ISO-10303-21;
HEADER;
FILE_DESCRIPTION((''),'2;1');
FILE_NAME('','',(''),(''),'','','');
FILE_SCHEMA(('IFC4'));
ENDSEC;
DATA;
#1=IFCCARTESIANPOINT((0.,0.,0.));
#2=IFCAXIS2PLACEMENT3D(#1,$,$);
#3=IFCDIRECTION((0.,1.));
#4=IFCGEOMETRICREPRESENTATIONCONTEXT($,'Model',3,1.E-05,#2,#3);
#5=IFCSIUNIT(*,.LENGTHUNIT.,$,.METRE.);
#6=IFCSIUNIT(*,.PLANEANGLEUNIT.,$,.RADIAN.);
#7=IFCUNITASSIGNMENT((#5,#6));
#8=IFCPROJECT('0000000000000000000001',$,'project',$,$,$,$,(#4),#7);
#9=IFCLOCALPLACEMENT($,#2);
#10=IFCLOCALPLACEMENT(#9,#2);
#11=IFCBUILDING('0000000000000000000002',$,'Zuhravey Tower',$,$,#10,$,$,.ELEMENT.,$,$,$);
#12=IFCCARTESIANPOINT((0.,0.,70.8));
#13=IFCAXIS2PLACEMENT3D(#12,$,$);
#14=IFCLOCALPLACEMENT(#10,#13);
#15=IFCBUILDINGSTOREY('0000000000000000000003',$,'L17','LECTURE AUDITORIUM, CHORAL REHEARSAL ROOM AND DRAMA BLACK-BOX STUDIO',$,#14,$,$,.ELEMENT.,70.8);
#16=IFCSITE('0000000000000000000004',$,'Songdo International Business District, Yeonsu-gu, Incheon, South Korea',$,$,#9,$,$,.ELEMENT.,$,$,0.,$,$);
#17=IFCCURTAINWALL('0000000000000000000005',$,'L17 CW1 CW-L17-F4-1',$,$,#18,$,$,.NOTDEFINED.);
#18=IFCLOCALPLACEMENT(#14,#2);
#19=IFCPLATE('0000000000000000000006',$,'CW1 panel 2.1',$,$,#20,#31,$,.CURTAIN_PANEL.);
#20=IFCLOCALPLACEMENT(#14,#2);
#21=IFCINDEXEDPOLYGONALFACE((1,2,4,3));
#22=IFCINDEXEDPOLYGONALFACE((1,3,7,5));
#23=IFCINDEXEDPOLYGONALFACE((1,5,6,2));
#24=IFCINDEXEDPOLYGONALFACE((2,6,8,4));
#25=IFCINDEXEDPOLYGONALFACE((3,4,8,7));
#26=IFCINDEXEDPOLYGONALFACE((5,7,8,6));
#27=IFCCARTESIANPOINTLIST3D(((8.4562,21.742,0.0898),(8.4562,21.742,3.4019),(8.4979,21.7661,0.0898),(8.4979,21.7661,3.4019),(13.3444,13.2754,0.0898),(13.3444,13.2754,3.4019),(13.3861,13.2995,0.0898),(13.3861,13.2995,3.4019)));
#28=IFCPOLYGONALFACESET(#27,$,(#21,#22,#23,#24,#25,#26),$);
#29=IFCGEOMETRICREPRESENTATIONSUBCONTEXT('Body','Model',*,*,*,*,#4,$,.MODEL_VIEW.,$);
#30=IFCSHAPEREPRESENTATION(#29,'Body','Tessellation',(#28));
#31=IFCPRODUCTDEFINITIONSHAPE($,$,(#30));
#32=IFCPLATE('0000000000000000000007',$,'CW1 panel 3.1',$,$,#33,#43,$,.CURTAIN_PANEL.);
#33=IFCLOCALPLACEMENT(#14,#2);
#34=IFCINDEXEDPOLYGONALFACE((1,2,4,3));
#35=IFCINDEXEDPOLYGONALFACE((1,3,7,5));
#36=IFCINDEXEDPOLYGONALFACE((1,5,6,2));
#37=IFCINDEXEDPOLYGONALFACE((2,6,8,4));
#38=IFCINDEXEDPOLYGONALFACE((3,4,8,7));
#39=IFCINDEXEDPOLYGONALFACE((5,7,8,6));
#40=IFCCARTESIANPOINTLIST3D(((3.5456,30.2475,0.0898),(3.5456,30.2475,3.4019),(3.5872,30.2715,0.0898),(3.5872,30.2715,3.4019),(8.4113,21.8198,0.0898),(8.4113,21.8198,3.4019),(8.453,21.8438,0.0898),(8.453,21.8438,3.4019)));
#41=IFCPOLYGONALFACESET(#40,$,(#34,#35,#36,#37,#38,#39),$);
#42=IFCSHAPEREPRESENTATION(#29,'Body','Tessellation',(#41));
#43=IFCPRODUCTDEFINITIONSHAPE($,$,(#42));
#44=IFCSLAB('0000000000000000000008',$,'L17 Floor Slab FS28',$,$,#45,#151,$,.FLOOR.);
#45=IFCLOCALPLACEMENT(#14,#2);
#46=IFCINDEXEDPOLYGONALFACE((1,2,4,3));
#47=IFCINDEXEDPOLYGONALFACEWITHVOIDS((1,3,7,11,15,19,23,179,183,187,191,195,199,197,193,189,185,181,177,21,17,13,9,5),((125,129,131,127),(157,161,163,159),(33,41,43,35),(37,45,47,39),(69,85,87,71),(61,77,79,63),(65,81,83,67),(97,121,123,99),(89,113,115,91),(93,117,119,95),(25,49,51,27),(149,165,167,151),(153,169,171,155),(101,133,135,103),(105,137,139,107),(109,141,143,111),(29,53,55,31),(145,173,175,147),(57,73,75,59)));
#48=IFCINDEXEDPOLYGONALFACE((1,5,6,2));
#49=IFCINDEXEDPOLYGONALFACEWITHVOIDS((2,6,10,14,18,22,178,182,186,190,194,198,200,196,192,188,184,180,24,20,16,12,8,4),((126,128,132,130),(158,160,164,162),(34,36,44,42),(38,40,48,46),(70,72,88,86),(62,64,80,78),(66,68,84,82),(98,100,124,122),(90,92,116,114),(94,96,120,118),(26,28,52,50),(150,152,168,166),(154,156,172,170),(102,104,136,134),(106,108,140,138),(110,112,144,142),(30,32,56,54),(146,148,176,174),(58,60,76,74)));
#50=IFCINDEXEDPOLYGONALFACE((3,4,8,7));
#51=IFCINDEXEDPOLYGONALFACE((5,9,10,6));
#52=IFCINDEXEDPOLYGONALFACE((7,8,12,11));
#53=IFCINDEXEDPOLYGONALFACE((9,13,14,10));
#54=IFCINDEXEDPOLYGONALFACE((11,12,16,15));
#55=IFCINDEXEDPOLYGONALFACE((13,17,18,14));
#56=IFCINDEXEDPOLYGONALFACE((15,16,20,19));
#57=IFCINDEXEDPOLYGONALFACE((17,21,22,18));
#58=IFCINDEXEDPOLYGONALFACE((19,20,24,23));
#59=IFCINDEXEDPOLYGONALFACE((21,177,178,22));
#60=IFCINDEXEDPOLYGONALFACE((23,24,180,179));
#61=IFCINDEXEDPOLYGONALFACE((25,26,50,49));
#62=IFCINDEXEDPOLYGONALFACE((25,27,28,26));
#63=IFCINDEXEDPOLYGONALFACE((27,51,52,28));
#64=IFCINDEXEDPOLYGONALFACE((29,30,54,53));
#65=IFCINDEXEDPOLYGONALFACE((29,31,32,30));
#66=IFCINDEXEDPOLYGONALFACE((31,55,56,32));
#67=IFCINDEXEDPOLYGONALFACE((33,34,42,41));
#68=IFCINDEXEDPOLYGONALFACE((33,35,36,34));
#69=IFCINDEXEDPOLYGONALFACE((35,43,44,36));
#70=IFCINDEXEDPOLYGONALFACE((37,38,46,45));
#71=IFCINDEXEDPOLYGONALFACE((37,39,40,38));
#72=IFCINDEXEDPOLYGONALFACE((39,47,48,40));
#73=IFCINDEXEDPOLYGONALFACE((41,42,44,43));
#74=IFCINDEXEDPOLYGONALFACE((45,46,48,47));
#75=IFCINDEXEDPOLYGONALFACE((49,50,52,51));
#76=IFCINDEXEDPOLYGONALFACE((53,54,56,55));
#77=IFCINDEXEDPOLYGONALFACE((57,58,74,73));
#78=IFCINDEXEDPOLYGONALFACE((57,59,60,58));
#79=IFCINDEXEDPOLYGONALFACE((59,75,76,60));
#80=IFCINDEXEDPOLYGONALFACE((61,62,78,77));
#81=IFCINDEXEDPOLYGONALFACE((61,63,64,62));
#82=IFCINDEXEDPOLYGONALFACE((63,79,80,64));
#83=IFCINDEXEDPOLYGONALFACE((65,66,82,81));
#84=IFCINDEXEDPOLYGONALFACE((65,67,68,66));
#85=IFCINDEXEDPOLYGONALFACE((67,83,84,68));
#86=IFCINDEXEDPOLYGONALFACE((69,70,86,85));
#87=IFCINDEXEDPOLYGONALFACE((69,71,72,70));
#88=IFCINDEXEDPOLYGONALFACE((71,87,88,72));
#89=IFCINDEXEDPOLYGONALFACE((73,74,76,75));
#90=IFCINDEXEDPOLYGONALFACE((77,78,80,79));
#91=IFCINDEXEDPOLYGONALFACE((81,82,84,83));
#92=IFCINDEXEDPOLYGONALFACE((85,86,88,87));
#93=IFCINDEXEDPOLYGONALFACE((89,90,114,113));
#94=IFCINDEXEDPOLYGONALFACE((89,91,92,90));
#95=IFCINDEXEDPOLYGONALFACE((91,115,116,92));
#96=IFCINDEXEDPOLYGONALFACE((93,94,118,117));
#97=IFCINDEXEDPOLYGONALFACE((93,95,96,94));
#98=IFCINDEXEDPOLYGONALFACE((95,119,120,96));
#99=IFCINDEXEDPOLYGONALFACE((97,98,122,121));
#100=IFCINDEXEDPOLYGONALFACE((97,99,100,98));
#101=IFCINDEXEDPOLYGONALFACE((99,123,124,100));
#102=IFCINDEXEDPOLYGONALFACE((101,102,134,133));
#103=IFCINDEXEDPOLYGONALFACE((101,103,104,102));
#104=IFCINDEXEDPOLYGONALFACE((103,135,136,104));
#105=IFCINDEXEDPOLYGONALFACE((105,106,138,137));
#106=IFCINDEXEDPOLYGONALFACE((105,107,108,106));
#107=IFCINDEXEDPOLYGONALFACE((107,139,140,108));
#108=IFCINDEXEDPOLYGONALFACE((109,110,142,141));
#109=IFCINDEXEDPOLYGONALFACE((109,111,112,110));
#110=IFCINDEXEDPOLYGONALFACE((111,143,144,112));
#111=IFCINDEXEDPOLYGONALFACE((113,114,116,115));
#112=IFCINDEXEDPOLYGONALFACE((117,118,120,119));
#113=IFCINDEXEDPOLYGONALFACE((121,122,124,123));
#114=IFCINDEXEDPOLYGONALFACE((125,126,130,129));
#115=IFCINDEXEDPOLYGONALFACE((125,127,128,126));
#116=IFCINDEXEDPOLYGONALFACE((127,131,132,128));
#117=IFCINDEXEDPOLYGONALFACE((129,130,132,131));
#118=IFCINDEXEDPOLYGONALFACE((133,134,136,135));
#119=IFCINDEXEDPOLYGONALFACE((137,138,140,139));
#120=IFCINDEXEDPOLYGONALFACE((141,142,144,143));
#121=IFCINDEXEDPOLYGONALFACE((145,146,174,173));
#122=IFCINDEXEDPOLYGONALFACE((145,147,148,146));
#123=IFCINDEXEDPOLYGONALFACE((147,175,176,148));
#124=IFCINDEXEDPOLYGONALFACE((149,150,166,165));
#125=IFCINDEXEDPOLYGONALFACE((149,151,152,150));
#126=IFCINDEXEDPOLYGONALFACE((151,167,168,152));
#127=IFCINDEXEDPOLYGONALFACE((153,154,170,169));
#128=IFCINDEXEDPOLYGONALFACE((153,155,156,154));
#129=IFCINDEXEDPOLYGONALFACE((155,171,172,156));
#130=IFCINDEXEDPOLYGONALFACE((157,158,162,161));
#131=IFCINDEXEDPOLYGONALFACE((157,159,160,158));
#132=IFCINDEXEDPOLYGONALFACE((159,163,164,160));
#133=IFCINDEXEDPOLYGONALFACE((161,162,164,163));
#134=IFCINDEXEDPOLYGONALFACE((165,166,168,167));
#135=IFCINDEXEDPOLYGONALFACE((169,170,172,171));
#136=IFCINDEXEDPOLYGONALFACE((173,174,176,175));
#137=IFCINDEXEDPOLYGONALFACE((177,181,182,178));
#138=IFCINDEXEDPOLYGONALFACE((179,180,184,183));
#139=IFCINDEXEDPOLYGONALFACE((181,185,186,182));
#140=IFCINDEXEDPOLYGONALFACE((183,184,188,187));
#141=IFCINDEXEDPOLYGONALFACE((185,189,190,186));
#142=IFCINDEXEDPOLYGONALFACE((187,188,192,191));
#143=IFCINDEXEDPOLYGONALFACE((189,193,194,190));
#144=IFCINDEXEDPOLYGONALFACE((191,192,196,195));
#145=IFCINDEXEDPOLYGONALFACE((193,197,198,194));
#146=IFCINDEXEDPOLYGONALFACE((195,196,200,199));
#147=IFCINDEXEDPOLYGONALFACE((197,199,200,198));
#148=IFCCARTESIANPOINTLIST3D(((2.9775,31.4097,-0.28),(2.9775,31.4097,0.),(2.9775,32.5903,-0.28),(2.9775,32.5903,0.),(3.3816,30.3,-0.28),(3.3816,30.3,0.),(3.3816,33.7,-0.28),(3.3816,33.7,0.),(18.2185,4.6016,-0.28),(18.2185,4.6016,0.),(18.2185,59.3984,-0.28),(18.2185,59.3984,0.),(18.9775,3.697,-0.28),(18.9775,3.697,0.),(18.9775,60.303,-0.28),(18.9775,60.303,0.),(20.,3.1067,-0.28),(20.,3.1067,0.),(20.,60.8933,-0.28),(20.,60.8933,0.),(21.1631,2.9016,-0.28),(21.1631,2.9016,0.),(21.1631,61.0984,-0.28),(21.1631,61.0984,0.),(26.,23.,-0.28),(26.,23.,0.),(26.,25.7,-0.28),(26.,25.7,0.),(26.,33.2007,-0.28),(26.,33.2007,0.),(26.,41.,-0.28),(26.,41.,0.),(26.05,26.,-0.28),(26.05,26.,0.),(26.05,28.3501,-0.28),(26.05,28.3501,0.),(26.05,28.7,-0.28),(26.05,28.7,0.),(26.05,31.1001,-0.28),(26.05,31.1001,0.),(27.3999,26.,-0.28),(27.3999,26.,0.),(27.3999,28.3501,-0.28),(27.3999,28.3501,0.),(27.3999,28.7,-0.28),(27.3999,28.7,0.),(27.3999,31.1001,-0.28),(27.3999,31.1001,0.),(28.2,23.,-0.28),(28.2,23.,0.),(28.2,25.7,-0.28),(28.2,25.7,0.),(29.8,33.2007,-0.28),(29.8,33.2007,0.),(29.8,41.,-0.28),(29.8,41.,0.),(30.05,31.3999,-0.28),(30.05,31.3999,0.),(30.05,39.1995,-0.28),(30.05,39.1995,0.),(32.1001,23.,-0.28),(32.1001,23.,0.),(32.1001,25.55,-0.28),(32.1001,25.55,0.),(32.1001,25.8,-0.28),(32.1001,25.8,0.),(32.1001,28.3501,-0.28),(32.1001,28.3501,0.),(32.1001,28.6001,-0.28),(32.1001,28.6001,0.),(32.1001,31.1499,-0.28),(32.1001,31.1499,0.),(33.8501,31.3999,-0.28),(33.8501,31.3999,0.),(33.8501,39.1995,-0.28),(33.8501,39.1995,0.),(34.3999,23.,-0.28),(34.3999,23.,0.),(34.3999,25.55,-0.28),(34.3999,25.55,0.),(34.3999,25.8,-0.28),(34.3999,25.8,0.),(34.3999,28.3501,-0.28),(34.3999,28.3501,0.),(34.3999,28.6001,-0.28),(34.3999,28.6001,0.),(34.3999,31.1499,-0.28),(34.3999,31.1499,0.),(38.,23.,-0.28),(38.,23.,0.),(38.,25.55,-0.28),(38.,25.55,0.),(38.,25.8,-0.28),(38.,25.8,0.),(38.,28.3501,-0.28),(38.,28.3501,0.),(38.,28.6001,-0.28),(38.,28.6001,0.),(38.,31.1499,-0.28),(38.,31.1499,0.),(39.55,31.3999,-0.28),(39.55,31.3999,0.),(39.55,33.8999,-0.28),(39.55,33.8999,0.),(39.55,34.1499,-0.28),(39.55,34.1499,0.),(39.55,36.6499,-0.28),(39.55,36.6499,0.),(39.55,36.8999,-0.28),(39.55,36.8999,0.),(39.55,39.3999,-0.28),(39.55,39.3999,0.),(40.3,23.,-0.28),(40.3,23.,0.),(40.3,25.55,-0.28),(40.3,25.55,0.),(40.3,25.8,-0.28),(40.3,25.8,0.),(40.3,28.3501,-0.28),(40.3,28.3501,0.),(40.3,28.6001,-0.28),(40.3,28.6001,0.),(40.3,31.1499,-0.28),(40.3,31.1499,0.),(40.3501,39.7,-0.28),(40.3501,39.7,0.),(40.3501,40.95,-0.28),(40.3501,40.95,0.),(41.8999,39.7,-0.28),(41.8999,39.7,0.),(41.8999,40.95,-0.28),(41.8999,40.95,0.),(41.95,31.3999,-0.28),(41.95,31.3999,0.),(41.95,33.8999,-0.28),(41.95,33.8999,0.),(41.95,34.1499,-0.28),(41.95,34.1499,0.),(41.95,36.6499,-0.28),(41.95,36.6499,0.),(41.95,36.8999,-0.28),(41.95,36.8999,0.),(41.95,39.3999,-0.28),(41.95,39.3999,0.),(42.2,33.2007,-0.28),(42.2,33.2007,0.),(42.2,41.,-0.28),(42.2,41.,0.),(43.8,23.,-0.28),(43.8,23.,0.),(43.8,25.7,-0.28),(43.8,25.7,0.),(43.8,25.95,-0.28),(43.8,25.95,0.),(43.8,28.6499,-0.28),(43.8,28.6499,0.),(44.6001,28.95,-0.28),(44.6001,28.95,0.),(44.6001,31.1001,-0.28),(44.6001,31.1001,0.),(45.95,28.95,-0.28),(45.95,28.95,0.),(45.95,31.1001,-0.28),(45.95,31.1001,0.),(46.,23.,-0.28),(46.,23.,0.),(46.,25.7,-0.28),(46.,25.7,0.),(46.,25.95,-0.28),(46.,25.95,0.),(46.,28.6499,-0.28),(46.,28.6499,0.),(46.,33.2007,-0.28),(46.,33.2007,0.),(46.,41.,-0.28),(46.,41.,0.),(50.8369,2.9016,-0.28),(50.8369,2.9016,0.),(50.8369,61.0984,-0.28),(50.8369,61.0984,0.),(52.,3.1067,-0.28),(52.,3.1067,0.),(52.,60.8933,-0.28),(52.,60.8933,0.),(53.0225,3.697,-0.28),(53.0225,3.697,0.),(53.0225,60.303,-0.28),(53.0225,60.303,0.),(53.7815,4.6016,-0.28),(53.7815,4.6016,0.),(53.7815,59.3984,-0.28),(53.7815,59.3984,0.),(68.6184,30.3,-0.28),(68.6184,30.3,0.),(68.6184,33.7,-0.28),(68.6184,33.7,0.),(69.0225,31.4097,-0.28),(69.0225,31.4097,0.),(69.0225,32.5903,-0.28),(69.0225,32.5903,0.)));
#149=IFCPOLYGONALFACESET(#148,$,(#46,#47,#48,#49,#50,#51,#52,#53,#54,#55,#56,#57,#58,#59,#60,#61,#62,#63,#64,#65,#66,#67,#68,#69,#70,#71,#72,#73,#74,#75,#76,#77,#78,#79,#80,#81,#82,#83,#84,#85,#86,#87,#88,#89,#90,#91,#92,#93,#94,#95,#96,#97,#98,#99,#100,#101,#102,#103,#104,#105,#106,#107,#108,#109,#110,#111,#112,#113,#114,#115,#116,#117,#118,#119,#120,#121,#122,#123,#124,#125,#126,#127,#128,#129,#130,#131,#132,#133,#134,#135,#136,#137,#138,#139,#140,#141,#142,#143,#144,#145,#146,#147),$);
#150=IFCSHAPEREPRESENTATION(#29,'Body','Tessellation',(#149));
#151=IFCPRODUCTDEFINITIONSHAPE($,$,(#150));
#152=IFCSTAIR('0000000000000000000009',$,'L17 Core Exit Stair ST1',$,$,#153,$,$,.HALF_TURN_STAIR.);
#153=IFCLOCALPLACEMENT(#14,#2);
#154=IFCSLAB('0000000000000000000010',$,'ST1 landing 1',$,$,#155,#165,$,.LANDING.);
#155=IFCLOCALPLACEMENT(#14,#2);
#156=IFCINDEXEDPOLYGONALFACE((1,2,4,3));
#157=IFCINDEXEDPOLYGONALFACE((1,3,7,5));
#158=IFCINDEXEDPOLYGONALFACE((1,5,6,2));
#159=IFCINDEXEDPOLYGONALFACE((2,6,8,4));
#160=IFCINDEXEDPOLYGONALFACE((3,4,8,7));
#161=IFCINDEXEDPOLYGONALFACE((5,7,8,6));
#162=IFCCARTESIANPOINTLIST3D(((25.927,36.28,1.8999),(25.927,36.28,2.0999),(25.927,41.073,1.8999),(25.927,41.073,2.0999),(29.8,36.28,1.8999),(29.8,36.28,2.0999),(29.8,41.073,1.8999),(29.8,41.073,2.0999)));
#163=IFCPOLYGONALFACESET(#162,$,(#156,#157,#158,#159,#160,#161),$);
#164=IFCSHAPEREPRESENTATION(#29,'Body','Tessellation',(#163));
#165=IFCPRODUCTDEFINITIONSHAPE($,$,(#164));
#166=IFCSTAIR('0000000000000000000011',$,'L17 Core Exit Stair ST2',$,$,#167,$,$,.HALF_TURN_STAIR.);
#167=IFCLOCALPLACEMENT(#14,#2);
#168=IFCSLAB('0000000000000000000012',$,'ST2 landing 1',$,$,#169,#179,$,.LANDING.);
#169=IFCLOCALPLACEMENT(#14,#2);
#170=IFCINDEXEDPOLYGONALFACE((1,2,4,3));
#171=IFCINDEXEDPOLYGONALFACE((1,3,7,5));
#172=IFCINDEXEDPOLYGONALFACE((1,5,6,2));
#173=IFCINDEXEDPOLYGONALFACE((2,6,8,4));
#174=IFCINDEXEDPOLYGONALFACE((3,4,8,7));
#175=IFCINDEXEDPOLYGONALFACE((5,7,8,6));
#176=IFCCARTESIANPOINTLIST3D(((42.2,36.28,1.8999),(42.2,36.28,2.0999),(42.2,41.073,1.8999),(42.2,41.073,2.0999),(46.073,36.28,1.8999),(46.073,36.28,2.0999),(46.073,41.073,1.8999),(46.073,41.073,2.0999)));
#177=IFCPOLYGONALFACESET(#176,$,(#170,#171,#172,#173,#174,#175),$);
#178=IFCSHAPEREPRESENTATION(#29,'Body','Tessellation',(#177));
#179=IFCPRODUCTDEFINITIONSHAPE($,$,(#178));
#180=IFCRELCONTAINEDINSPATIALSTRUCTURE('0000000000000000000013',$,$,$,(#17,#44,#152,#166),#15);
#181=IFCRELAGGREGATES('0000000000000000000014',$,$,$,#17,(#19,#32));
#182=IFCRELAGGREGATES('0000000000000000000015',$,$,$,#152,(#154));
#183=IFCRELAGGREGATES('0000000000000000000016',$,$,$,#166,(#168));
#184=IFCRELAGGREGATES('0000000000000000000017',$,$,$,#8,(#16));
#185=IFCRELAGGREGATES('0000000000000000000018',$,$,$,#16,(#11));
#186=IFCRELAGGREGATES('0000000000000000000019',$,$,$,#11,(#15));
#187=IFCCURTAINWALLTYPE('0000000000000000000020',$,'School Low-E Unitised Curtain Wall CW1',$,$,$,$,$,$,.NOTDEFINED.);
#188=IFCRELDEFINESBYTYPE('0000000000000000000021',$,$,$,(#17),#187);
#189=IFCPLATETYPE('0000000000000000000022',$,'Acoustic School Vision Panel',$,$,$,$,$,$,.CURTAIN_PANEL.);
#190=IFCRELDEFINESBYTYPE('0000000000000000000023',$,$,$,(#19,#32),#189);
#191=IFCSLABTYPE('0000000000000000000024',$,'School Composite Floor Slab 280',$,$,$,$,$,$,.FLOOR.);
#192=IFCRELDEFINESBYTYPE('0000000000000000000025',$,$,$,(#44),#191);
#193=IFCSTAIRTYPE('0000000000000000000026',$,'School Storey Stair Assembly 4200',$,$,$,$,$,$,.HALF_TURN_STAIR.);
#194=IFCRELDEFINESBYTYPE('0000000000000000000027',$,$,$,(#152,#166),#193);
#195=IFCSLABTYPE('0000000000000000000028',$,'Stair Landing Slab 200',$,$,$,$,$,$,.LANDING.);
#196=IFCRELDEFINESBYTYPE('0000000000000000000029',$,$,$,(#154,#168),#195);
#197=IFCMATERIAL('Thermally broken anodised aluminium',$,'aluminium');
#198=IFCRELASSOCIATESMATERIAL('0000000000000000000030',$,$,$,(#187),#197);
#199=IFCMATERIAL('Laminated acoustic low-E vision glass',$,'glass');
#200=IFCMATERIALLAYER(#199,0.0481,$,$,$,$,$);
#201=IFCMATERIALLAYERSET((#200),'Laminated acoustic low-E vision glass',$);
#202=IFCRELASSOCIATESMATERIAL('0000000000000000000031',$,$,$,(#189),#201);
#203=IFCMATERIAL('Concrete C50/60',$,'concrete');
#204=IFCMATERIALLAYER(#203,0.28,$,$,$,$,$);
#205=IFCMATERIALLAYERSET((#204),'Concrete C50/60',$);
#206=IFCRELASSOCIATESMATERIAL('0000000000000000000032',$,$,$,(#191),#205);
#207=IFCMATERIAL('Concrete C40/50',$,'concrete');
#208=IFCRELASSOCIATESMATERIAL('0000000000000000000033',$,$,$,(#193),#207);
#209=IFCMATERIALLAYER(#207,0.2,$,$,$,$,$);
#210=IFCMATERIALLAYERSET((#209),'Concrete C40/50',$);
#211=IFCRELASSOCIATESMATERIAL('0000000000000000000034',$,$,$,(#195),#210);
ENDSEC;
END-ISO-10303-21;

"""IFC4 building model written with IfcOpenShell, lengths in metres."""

from ifc_helpers import new_model, si_unit, direction, frame, origin, origin_2d, place, context, subcontext, project, spatial, polyline, rectangle, outline, extrude, material, layer, layer_set, type_object, element, aggregate, save


model = new_model("IFC4")

# Units and contexts
model_context = context("Model", 3, precision=1e-05, world=origin(), true_north=direction((0.0, 1.0)))
body_context = subcontext(model_context, "Body", "Model", "MODEL_VIEW")
ifc_project = project(units=[si_unit("LENGTHUNIT", "METRE"), si_unit("PLANEANGLEUNIT", "RADIAN")], contexts=[model_context])

# Site, building, storey
site_placement = place(None, origin())
site = spatial("IfcSite", under=ifc_project, at=site_placement, Name="Songdo International Business District, Yeonsu-gu, Incheon, South Korea", CompositionType="ELEMENT", RefElevation=0.0)
building_placement = place(site_placement, origin())
building = spatial("IfcBuilding", under=site, at=building_placement, Name="Zuhravey Tower", CompositionType="ELEMENT")
storey_placement = place(building_placement, frame((0.0, 0.0, 70.8)))
storey = spatial("IfcBuildingStorey", under=building, at=storey_placement, Name="L17", Description="LECTURE AUDITORIUM, CHORAL REHEARSAL ROOM AND DRAMA BLACK-BOX STUDIO", CompositionType="ELEMENT", Elevation=70.8)

# Shared definitions
ifc_material_1 = material(Name="Thermally broken anodised aluminium", Category="aluminium")
curtain_wall_type = type_object("IfcCurtainWallType", Name="School Low-E Unitised Curtain Wall CW1", PredefinedType="NOTDEFINED", material=ifc_material_1)

# Curtain wall
curtain_wall_1_placement = place(storey_placement, origin())
curtain_wall_1 = element("IfcCurtainWall", 1, at=curtain_wall_1_placement, inside=storey, type_object=curtain_wall_type, Name="L17 CW1 CW-L17-F4-1", PredefinedType="NOTDEFINED")

# Plates
ifc_material_2 = material(Name="Laminated acoustic low-E vision glass", Category="glass")
ifc_layer_1 = layer(ifc_material_2, 0.0481)
ifc_layer_set_1 = layer_set([ifc_layer_1], Name="Laminated acoustic low-E vision glass")
plate_type = type_object("IfcPlateType", Name="Acoustic School Vision Panel", PredefinedType="CURTAIN_PANEL", material=ifc_layer_set_1)
plate_1_placement = place(storey_placement, frame((10.9211, 17.5208, 0.0898), z_axis=(0.0, 0.0, 1.0), x_axis=(-0.5, 0.866026, 0.0)))
plate_1 = element("IfcPlate", 2, at=plate_1_placement, type_object=plate_type, Name="CW1 panel 2.1", PredefinedType="CURTAIN_PANEL", context=body_context, shape_type="SweptSolid", body=[
    extrude(rectangle(XDim=9.7764, YDim=0.0481, at=origin_2d()), origin(), (0.0, 0.0, 1.0), 3.312),
])
plate_2_placement = place(storey_placement, frame((5.9993, 26.0457, 0.0898), z_axis=(0.0, 0.0, 1.0), x_axis=(-0.5, 0.866026, 0.0)))
plate_2 = element("IfcPlate", 3, at=plate_2_placement, type_object=plate_type, Name="CW1 panel 3.1", PredefinedType="CURTAIN_PANEL", context=body_context, shape_type="SweptSolid", body=[
    extrude(rectangle(XDim=9.7314, YDim=0.0481, at=origin_2d()), origin(), (0.0, 0.0, 1.0), 3.312),
])
aggregate(curtain_wall_1, [plate_1, plate_2])

# Slab
ifc_material_3 = material(Name="Concrete C50/60", Category="concrete")
ifc_layer_2 = layer(ifc_material_3, 0.28)
ifc_layer_set_2 = layer_set([ifc_layer_2], Name="Concrete C50/60")
slab_type_1 = type_object("IfcSlabType", Name="School Composite Floor Slab 280", PredefinedType="FLOOR", material=ifc_layer_set_2)
slab_1_placement = place(storey_placement, frame((0.0, 0.0, -0.28)))
element("IfcSlab", 4, at=slab_1_placement, inside=storey, type_object=slab_type_1, Name="L17 Floor Slab FS28", PredefinedType="FLOOR", context=body_context, shape_type="SweptSolid", body=[
    extrude(outline(polyline([(68.6184, 30.3), (69.0225, 31.4097), (69.0225, 32.5903), (68.6184, 33.7), (53.7815, 59.3984), (53.0225, 60.303), (52.0, 60.8933), (50.8369, 61.0984), (21.1631, 61.0984), (20.0, 60.8933), (18.9775, 60.303), (18.2185, 59.3984), (3.3816, 33.7), (2.9775, 32.5903), (2.9775, 31.4097), (3.3816, 30.3), (18.2185, 4.6016), (18.9775, 3.697), (20.0, 3.1067), (21.1631, 2.9016), (50.8369, 2.9016), (52.0, 3.1067), (53.0225, 3.697), (53.7815, 4.6016), (68.6184, 30.3)]), holes=[polyline([(29.8, 33.2007), (29.8, 41.0), (26.0, 41.0), (26.0, 33.2007), (29.8, 33.2007)]), polyline([(46.0, 33.2007), (46.0, 41.0), (42.2, 41.0), (42.2, 33.2007), (46.0, 33.2007)]), polyline([(30.05, 39.1995), (30.05, 31.3999), (33.8501, 31.3999), (33.8501, 39.1995), (30.05, 39.1995)]), polyline([(32.1001, 23.0), (34.3999, 23.0), (34.3999, 25.55), (32.1001, 25.55), (32.1001, 23.0)]), polyline([(32.1001, 25.8), (34.3999, 25.8), (34.3999, 28.3501), (32.1001, 28.3501), (32.1001, 25.8)]), polyline([(32.1001, 28.6001), (34.3999, 28.6001), (34.3999, 31.1499), (32.1001, 31.1499), (32.1001, 28.6001)]), polyline([(38.0, 23.0), (40.3, 23.0), (40.3, 25.55), (38.0, 25.55), (38.0, 23.0)]), polyline([(38.0, 25.8), (40.3, 25.8), (40.3, 28.3501), (38.0, 28.3501), (38.0, 25.8)]), polyline([(38.0, 28.6001), (40.3, 28.6001), (40.3, 31.1499), (38.0, 31.1499), (38.0, 28.6001)]), polyline([(39.55, 31.3999), (41.95, 31.3999), (41.95, 33.8999), (39.55, 33.8999), (39.55, 31.3999)]), polyline([(39.55, 34.1499), (41.95, 34.1499), (41.95, 36.6499), (39.55, 36.6499), (39.55, 34.1499)]), polyline([(39.55, 36.8999), (41.95, 36.8999), (41.95, 39.3999), (39.55, 39.3999), (39.55, 36.8999)]), polyline([(26.0, 23.0), (28.2, 23.0), (28.2, 25.7), (26.0, 25.7), (26.0, 23.0)]), polyline([(43.8, 23.0), (46.0, 23.0), (46.0, 25.7), (43.8, 25.7), (43.8, 23.0)]), polyline([(43.8, 25.95), (46.0, 25.95), (46.0, 28.6499), (43.8, 28.6499), (43.8, 25.95)]), polyline([(26.05, 26.0), (27.3999, 26.0), (27.3999, 28.3501), (26.05, 28.3501), (26.05, 26.0)]), polyline([(26.05, 28.7), (27.3999, 28.7), (27.3999, 31.1001), (26.05, 31.1001), (26.05, 28.7)]), polyline([(44.6001, 28.95), (45.95, 28.95), (45.95, 31.1001), (44.6001, 31.1001), (44.6001, 28.95)]), polyline([(40.3501, 39.7), (41.8999, 39.7), (41.8999, 40.95), (40.3501, 40.95), (40.3501, 39.7)])]), origin(), (0.0, 0.0, 1.0), 0.28),
])

# Stairs, slabs
ifc_material_4 = material(Name="Concrete C40/50", Category="concrete")
stair_type = type_object("IfcStairType", Name="School Storey Stair Assembly 4200", PredefinedType="HALF_TURN_STAIR", material=ifc_material_4)
stair_1_placement = place(storey_placement, origin())
stair_1 = element("IfcStair", 5, at=stair_1_placement, inside=storey, type_object=stair_type, Name="L17 Core Exit Stair ST1", PredefinedType="HALF_TURN_STAIR")
ifc_layer_3 = layer(ifc_material_4, 0.2)
ifc_layer_set_3 = layer_set([ifc_layer_3], Name="Concrete C40/50")
slab_type_2 = type_object("IfcSlabType", Name="Stair Landing Slab 200", PredefinedType="LANDING", material=ifc_layer_set_3)
slab_2_placement = place(storey_placement, frame((0.0, 0.0, 1.8999)))
slab_2 = element("IfcSlab", 6, at=slab_2_placement, type_object=slab_type_2, Name="ST1 landing 1", PredefinedType="LANDING", context=body_context, shape_type="SweptSolid", body=[
    extrude(outline(polyline([(29.8, 36.28), (29.8, 41.073), (25.927, 41.073), (25.927, 36.28), (29.8, 36.28)])), origin(), (0.0, 0.0, 1.0), 0.2),
])
aggregate(stair_1, [slab_2])
stair_2_placement = place(storey_placement, origin())
stair_2 = element("IfcStair", 7, at=stair_2_placement, inside=storey, type_object=stair_type, Name="L17 Core Exit Stair ST2", PredefinedType="HALF_TURN_STAIR")
slab_3_placement = place(storey_placement, frame((0.0, 0.0, 1.8999)))
slab_3 = element("IfcSlab", 8, at=slab_3_placement, type_object=slab_type_2, Name="ST2 landing 1", PredefinedType="LANDING", context=body_context, shape_type="SweptSolid", body=[
    extrude(outline(polyline([(46.073, 36.28), (46.073, 41.073), (42.2, 41.073), (42.2, 36.28), (46.073, 36.28)])), origin(), (0.0, 0.0, 1.0), 0.2),
])
aggregate(stair_2, [slab_3])

save(model, "model.ifc")
